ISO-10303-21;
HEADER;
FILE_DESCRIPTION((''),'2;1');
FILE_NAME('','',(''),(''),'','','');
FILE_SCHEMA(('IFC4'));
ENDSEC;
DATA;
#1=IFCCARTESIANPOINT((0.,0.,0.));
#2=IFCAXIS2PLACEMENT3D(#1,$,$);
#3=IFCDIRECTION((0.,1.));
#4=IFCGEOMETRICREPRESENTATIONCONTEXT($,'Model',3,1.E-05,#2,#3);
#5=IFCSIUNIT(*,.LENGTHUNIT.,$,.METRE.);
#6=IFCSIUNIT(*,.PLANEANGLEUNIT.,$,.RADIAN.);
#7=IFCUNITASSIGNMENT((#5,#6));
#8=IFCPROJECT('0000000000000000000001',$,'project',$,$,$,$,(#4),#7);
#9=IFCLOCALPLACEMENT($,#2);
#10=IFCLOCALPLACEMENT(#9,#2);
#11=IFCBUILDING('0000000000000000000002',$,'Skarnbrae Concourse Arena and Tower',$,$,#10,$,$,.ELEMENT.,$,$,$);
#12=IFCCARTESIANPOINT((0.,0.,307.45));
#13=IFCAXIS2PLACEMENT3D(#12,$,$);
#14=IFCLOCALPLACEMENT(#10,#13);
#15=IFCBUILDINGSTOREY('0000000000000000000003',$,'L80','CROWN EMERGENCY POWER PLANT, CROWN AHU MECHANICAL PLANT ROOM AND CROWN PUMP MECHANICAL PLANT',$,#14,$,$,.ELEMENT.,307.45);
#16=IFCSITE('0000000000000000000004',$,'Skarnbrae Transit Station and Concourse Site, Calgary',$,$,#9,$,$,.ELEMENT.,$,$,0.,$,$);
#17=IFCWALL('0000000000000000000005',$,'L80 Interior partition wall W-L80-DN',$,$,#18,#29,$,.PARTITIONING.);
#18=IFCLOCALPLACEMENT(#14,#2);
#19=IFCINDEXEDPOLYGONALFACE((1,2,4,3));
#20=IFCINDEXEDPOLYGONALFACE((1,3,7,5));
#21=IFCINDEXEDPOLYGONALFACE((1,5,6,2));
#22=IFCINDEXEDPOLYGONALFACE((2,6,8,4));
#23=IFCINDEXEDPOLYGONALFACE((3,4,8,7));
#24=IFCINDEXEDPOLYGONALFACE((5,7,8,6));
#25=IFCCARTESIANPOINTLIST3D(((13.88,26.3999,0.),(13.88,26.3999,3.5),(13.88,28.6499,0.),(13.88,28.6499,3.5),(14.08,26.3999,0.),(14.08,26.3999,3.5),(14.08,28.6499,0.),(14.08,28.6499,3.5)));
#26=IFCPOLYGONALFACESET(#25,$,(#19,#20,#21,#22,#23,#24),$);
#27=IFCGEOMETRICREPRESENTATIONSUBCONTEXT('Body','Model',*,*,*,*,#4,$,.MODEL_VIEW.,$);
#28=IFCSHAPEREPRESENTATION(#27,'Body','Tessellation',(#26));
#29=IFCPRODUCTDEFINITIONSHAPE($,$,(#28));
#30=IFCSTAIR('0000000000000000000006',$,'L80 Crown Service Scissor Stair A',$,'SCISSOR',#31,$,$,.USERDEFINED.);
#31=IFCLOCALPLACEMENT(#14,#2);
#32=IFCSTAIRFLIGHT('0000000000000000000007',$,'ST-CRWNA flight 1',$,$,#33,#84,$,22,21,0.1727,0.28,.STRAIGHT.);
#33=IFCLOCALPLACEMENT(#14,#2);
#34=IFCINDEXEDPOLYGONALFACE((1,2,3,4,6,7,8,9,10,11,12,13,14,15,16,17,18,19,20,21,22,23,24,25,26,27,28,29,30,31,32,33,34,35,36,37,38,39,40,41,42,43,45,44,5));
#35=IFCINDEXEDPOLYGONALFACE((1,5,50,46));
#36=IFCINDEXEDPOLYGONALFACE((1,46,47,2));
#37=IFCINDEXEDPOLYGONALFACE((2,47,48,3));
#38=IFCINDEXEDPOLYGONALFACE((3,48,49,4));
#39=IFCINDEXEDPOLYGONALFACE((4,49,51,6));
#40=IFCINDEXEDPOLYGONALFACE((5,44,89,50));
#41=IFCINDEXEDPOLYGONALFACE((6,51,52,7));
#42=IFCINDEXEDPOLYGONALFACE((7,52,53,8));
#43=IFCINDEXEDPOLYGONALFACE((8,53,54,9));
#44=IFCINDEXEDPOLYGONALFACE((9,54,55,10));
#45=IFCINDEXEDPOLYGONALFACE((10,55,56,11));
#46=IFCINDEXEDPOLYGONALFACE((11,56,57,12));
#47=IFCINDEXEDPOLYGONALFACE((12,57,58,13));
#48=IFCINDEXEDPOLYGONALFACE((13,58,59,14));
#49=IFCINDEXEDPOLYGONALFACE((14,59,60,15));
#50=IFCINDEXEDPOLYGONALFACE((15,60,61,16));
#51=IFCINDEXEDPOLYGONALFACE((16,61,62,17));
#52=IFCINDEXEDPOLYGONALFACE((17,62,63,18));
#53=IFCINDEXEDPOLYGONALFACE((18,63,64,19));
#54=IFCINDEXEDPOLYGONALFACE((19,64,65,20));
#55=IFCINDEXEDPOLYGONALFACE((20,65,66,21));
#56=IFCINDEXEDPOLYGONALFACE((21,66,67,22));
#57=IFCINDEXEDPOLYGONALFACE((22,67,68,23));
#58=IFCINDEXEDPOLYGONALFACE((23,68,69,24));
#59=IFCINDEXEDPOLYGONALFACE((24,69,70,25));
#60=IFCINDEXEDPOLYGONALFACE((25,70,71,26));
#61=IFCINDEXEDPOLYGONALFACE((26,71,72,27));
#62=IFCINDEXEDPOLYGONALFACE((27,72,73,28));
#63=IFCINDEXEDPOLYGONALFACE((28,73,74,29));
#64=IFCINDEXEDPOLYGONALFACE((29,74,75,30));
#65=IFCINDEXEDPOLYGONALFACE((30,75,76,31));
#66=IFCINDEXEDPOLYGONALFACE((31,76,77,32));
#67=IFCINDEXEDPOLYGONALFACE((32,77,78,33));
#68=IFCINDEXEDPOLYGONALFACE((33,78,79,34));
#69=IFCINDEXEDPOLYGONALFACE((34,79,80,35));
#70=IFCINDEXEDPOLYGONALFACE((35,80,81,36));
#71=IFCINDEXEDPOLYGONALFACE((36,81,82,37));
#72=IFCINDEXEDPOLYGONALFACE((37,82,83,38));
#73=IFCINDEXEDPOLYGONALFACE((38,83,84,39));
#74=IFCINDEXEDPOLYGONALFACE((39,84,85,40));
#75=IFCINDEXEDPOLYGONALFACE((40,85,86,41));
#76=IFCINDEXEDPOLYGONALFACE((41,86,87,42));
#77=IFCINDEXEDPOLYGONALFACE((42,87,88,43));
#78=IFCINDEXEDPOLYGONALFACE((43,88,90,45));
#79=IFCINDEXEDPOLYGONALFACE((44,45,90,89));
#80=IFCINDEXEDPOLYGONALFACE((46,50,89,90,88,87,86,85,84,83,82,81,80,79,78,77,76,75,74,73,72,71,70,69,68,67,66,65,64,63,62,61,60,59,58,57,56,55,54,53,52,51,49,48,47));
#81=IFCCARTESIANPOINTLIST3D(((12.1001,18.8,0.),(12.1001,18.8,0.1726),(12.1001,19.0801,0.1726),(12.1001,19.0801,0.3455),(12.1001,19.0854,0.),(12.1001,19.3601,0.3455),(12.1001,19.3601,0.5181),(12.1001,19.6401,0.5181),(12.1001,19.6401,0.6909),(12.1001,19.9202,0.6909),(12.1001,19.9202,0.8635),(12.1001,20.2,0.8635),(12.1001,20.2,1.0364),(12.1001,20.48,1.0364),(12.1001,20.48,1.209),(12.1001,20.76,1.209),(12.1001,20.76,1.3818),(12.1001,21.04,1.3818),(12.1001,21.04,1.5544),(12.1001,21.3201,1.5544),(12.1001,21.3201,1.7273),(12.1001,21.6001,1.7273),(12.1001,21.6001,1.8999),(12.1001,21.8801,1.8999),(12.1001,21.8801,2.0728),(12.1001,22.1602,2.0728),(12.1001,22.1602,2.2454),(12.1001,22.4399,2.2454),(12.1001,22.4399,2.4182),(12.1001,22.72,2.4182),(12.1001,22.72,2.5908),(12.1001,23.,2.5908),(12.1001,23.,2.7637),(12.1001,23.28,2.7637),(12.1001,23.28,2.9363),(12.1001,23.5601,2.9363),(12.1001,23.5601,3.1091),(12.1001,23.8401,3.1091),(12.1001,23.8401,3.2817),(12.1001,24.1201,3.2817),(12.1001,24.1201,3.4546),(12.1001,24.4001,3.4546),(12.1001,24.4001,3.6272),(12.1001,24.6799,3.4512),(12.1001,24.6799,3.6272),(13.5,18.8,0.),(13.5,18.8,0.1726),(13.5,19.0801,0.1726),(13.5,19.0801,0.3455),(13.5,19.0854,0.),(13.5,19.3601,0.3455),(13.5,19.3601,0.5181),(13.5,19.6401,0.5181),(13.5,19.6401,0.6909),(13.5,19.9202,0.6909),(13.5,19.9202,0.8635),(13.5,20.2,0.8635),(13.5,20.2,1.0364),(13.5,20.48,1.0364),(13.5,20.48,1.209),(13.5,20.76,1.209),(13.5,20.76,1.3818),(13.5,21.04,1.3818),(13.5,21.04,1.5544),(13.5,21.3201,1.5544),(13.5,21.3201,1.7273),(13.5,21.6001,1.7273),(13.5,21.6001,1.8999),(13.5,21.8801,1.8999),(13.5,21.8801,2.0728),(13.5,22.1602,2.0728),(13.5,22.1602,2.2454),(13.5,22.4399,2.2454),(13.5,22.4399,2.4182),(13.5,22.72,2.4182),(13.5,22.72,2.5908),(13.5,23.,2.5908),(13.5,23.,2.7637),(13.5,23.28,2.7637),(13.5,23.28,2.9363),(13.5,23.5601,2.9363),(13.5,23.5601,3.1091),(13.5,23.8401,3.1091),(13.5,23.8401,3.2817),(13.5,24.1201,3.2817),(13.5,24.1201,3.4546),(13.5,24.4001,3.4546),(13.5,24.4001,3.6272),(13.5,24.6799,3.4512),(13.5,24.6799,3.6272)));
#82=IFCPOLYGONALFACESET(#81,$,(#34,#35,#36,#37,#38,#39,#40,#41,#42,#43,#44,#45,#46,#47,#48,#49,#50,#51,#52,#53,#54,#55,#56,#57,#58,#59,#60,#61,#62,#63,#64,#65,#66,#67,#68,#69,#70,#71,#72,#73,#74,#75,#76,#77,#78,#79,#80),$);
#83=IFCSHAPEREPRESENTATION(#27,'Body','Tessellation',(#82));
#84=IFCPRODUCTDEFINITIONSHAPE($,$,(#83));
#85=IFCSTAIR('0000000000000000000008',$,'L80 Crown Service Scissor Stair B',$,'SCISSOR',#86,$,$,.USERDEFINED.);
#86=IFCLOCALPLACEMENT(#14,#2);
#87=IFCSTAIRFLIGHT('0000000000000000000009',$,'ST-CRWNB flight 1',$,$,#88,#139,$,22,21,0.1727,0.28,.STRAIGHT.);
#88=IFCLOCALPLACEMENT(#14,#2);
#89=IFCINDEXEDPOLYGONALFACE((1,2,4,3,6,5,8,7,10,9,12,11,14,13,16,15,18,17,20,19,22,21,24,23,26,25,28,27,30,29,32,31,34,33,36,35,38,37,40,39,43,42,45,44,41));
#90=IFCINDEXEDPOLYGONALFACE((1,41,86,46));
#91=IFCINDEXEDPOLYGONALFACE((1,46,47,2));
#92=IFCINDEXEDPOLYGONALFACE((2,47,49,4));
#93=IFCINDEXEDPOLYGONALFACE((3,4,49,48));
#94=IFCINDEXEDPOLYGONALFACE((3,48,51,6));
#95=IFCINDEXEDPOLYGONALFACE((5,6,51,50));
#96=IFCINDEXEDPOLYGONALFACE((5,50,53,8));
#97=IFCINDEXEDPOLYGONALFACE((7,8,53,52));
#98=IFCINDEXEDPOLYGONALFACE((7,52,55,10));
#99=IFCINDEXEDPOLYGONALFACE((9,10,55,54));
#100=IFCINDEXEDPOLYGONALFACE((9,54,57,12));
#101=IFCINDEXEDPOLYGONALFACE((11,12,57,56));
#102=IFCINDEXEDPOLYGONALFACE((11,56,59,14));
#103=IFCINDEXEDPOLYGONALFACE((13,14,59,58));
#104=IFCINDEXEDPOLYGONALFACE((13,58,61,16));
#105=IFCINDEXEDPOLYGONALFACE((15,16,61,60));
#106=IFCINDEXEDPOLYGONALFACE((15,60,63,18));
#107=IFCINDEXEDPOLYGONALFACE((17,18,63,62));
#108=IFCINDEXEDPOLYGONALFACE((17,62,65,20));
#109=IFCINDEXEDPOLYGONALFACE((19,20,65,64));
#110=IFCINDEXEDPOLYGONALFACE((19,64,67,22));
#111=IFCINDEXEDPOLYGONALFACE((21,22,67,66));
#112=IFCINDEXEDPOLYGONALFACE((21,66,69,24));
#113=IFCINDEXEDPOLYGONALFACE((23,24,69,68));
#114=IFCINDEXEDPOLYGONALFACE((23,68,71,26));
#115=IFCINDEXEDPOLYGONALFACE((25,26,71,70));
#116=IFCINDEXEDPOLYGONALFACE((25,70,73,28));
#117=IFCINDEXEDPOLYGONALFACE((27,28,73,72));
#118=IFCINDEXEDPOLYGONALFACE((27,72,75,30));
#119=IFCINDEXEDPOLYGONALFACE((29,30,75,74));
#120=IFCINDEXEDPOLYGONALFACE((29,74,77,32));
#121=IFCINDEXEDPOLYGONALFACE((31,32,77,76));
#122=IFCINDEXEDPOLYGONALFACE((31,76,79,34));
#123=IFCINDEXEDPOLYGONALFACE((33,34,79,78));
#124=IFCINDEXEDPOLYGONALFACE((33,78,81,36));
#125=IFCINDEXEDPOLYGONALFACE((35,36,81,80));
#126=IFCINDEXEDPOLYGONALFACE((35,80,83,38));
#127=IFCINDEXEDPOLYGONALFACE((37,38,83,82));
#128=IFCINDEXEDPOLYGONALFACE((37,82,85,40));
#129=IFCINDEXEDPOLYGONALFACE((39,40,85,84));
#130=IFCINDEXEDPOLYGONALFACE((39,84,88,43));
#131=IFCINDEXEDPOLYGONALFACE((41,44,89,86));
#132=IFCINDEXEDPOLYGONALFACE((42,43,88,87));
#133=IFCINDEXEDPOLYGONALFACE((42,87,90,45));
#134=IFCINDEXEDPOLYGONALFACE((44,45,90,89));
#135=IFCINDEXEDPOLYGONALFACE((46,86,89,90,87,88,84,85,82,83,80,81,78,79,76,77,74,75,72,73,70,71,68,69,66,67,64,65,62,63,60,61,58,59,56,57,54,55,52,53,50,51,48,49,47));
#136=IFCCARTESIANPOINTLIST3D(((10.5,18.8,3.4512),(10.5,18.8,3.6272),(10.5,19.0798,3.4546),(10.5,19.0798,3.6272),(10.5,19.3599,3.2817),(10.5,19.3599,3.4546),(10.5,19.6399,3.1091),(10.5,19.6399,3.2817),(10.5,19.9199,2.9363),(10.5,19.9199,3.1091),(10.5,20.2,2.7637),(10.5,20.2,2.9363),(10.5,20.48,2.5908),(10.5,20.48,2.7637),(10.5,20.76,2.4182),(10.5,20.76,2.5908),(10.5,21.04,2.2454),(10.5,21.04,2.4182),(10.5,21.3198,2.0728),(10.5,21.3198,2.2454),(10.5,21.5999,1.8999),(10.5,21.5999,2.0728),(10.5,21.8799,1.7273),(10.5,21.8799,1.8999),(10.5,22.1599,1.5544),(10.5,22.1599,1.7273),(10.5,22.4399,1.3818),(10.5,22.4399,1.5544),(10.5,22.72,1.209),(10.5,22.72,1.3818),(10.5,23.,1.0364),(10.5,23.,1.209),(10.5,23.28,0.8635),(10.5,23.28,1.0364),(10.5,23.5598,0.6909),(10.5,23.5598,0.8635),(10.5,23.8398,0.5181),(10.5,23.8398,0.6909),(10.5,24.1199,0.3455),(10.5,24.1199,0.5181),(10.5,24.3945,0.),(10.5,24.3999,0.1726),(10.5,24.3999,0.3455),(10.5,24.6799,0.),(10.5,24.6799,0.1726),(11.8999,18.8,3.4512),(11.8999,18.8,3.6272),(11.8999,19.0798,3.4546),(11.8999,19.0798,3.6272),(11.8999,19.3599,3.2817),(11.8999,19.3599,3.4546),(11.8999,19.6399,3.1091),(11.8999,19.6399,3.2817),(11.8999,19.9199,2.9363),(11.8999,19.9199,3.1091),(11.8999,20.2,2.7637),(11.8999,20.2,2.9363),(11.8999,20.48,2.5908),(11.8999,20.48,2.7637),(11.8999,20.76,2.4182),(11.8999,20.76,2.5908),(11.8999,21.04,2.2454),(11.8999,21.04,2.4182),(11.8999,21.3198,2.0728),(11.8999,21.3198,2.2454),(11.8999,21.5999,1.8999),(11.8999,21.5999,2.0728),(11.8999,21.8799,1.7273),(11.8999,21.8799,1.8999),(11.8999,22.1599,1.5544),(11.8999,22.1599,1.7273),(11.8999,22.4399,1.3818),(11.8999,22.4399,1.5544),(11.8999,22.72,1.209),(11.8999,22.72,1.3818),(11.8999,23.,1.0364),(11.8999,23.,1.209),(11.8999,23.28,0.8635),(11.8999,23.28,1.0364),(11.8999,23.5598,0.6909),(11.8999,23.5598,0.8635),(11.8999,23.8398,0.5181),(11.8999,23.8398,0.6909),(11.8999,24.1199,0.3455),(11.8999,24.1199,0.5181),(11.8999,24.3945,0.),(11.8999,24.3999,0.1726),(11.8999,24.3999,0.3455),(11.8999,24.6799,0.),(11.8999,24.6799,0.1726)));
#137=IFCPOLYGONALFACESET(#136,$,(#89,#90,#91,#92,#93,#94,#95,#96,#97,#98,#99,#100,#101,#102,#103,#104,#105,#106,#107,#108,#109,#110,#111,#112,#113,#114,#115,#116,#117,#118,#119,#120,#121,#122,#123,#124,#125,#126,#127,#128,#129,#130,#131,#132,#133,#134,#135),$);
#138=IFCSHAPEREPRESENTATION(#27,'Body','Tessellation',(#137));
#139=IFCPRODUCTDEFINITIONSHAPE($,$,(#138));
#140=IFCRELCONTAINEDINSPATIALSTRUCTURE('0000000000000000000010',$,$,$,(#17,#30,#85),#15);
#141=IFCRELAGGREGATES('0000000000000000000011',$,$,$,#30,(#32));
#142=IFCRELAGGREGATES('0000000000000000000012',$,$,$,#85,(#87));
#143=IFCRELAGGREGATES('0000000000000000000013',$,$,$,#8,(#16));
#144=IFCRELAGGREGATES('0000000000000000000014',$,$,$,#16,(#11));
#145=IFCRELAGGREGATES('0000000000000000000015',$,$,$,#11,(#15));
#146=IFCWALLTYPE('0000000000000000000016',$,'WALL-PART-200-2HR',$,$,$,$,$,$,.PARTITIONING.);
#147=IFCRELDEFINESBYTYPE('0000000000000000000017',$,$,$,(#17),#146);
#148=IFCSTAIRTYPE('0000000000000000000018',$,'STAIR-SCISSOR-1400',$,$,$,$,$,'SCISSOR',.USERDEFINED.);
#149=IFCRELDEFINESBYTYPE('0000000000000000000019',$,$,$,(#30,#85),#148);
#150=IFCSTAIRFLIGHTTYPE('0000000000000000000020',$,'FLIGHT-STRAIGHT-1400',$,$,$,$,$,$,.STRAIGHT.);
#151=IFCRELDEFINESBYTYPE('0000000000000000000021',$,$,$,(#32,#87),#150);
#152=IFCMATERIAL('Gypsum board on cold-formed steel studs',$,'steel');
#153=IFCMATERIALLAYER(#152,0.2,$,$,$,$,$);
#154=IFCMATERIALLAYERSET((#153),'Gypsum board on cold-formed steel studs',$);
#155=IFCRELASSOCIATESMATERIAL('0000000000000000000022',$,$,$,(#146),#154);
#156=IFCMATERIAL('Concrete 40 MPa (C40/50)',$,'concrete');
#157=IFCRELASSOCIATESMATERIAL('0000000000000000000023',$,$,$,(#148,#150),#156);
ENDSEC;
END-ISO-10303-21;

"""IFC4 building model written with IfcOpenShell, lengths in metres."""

from ifc_helpers import new_model, si_unit, direction, frame, frame_2d, origin, place, context, subcontext, project, spatial, polyline, rectangle, outline, extrude, source, transform, mapped, material, layer, layer_set, type_object, element, aggregate, save


model = new_model("IFC4")

# Units and contexts
model_context = context("Model", 3, precision=1e-05, world=origin(), true_north=direction((0.0, 1.0)))
body_context = subcontext(model_context, "Body", "Model", "MODEL_VIEW")
ifc_project = project(units=[si_unit("LENGTHUNIT", "METRE"), si_unit("PLANEANGLEUNIT", "RADIAN")], contexts=[model_context])

# Site, building, storey
site_placement = place(None, origin())
site = spatial("IfcSite", under=ifc_project, at=site_placement, Name="Skarnbrae Transit Station and Concourse Site, Calgary", CompositionType="ELEMENT", RefElevation=0.0)
building_placement = place(site_placement, origin())
building = spatial("IfcBuilding", under=site, at=building_placement, Name="Skarnbrae Concourse Arena and Tower", CompositionType="ELEMENT")
storey_placement = place(building_placement, frame((0.0, 0.0, 307.45)))
storey = spatial("IfcBuildingStorey", under=building, at=storey_placement, Name="L80", Description="CROWN EMERGENCY POWER PLANT, CROWN AHU MECHANICAL PLANT ROOM AND CROWN PUMP MECHANICAL PLANT", CompositionType="ELEMENT", Elevation=307.45)

# Shared definitions
ifc_material_1 = material(Name="Gypsum board on cold-formed steel studs", Category="steel")
ifc_layer_1 = layer(ifc_material_1, 0.2)
ifc_layer_set_1 = layer_set([ifc_layer_1], Name="Gypsum board on cold-formed steel studs")
wall_type_1 = type_object("IfcWallType", Name="WALL-PART-200-2HR", PredefinedType="PARTITIONING", material=ifc_layer_set_1)

# Wall
shared_shape_1 = source(origin(), body_context, "Body", "SweptSolid", [
    extrude(rectangle(XDim=2.25, YDim=0.2, at=frame_2d((1.125, 0.0))), origin(), (0.0, 0.0, 1.0), 3.5),
])
wall_1_placement = place(storey_placement, frame((13.98, 26.3999, 0.0), z_axis=(0.0, 0.0, 1.0), x_axis=(0.0, 1.0, 0.0)))
element("IfcWall", 1, at=wall_1_placement, inside=storey, type_object=wall_type_1, Name="L80 Interior partition wall W-L80-DN", PredefinedType="PARTITIONING", context=body_context, shape_type="MappedRepresentation", body=[
    mapped(shared_shape_1, transform((0.0, 0.0, 0.0))),
])

# Stairs, stair flights
ifc_material_2 = material(Name="Concrete 40 MPa (C40/50)", Category="concrete")
stair_type = type_object("IfcStairType", Name="STAIR-SCISSOR-1400", ElementType="SCISSOR", PredefinedType="USERDEFINED", material=ifc_material_2)
stair_1_placement = place(storey_placement, origin())
stair_1 = element("IfcStair", 2, at=stair_1_placement, inside=storey, type_object=stair_type, Name="L80 Crown Service Scissor Stair A", ObjectType="SCISSOR", PredefinedType="USERDEFINED")
stair_flight_type = type_object("IfcStairFlightType", Name="FLIGHT-STRAIGHT-1400", PredefinedType="STRAIGHT", material=ifc_material_2)
shared_shape_2 = source(origin(), body_context, "Body", "SweptSolid", [
    extrude(outline(polyline([(0.0, 0.0), (0.0, 0.1726), (0.28, 0.1726), (0.28, 0.3455), (0.5601, 0.3455), (0.5601, 0.5181), (0.8401, 0.5181), (0.8401, 0.6909), (1.1201, 0.6909), (1.1201, 0.8635), (1.3999, 0.8635), (1.3999, 1.0364), (1.6799, 1.0364), (1.6799, 1.209), (1.96, 1.209), (1.96, 1.3818), (2.24, 1.3818), (2.24, 1.5544), (2.52, 1.5544), (2.52, 1.7273), (2.8, 1.7273), (2.8, 1.8999), (3.0801, 1.8999), (3.0801, 2.0728), (3.3601, 2.0728), (3.3601, 2.2454), (3.6399, 2.2454), (3.6399, 2.4182), (3.9199, 2.4182), (3.9199, 2.5908), (4.2, 2.5908), (4.2, 2.7637), (4.48, 2.7637), (4.48, 2.9363), (4.76, 2.9363), (4.76, 3.1091), (5.04, 3.1091), (5.04, 3.2817), (5.3201, 3.2817), (5.3201, 3.4546), (5.6001, 3.4546), (5.6001, 3.6272), (5.8799, 3.6272), (5.8799, 3.8), (5.8799, 3.4512), (0.2854, 0.0), (0.0, 0.0)])), frame((0.0, 0.7, 0.0), z_axis=(0.0, -1.0, 0.0), x_axis=(1.0, 0.0, 0.0)), (0.0, 0.0, 1.0), 1.3999),
])
stair_flight_1_placement = place(storey_placement, frame((12.8, 18.8, 0.0), z_axis=(0.0, 0.0, 1.0), x_axis=(0.0, 1.0, 0.0)))
stair_flight_1 = element("IfcStairFlight", 3, at=stair_flight_1_placement, type_object=stair_flight_type, Name="ST-CRWNA flight 1", NumberOfRisers=22, NumberOfTreads=21, PredefinedType="STRAIGHT", RiserHeight=0.1727, TreadLength=0.28, context=body_context, shape_type="MappedRepresentation", body=[
    mapped(shared_shape_2, transform((0.0, 0.0, 0.0))),
])
aggregate(stair_1, [stair_flight_1])
stair_2_placement = place(storey_placement, origin())
stair_2 = element("IfcStair", 4, at=stair_2_placement, inside=storey, type_object=stair_type, Name="L80 Crown Service Scissor Stair B", ObjectType="SCISSOR", PredefinedType="USERDEFINED")
stair_flight_2_placement = place(storey_placement, frame((11.2, 24.6799, 0.0), z_axis=(0.0, 0.0, 1.0), x_axis=(0.0, -1.0, 0.0)))
stair_flight_2 = element("IfcStairFlight", 5, at=stair_flight_2_placement, type_object=stair_flight_type, Name="ST-CRWNB flight 1", NumberOfRisers=22, NumberOfTreads=21, PredefinedType="STRAIGHT", RiserHeight=0.1727, TreadLength=0.28, context=body_context, shape_type="MappedRepresentation", body=[
    mapped(shared_shape_2, transform((0.0, 0.0, 0.0))),
])
aggregate(stair_2, [stair_flight_2])

save(model, "model.ifc")
